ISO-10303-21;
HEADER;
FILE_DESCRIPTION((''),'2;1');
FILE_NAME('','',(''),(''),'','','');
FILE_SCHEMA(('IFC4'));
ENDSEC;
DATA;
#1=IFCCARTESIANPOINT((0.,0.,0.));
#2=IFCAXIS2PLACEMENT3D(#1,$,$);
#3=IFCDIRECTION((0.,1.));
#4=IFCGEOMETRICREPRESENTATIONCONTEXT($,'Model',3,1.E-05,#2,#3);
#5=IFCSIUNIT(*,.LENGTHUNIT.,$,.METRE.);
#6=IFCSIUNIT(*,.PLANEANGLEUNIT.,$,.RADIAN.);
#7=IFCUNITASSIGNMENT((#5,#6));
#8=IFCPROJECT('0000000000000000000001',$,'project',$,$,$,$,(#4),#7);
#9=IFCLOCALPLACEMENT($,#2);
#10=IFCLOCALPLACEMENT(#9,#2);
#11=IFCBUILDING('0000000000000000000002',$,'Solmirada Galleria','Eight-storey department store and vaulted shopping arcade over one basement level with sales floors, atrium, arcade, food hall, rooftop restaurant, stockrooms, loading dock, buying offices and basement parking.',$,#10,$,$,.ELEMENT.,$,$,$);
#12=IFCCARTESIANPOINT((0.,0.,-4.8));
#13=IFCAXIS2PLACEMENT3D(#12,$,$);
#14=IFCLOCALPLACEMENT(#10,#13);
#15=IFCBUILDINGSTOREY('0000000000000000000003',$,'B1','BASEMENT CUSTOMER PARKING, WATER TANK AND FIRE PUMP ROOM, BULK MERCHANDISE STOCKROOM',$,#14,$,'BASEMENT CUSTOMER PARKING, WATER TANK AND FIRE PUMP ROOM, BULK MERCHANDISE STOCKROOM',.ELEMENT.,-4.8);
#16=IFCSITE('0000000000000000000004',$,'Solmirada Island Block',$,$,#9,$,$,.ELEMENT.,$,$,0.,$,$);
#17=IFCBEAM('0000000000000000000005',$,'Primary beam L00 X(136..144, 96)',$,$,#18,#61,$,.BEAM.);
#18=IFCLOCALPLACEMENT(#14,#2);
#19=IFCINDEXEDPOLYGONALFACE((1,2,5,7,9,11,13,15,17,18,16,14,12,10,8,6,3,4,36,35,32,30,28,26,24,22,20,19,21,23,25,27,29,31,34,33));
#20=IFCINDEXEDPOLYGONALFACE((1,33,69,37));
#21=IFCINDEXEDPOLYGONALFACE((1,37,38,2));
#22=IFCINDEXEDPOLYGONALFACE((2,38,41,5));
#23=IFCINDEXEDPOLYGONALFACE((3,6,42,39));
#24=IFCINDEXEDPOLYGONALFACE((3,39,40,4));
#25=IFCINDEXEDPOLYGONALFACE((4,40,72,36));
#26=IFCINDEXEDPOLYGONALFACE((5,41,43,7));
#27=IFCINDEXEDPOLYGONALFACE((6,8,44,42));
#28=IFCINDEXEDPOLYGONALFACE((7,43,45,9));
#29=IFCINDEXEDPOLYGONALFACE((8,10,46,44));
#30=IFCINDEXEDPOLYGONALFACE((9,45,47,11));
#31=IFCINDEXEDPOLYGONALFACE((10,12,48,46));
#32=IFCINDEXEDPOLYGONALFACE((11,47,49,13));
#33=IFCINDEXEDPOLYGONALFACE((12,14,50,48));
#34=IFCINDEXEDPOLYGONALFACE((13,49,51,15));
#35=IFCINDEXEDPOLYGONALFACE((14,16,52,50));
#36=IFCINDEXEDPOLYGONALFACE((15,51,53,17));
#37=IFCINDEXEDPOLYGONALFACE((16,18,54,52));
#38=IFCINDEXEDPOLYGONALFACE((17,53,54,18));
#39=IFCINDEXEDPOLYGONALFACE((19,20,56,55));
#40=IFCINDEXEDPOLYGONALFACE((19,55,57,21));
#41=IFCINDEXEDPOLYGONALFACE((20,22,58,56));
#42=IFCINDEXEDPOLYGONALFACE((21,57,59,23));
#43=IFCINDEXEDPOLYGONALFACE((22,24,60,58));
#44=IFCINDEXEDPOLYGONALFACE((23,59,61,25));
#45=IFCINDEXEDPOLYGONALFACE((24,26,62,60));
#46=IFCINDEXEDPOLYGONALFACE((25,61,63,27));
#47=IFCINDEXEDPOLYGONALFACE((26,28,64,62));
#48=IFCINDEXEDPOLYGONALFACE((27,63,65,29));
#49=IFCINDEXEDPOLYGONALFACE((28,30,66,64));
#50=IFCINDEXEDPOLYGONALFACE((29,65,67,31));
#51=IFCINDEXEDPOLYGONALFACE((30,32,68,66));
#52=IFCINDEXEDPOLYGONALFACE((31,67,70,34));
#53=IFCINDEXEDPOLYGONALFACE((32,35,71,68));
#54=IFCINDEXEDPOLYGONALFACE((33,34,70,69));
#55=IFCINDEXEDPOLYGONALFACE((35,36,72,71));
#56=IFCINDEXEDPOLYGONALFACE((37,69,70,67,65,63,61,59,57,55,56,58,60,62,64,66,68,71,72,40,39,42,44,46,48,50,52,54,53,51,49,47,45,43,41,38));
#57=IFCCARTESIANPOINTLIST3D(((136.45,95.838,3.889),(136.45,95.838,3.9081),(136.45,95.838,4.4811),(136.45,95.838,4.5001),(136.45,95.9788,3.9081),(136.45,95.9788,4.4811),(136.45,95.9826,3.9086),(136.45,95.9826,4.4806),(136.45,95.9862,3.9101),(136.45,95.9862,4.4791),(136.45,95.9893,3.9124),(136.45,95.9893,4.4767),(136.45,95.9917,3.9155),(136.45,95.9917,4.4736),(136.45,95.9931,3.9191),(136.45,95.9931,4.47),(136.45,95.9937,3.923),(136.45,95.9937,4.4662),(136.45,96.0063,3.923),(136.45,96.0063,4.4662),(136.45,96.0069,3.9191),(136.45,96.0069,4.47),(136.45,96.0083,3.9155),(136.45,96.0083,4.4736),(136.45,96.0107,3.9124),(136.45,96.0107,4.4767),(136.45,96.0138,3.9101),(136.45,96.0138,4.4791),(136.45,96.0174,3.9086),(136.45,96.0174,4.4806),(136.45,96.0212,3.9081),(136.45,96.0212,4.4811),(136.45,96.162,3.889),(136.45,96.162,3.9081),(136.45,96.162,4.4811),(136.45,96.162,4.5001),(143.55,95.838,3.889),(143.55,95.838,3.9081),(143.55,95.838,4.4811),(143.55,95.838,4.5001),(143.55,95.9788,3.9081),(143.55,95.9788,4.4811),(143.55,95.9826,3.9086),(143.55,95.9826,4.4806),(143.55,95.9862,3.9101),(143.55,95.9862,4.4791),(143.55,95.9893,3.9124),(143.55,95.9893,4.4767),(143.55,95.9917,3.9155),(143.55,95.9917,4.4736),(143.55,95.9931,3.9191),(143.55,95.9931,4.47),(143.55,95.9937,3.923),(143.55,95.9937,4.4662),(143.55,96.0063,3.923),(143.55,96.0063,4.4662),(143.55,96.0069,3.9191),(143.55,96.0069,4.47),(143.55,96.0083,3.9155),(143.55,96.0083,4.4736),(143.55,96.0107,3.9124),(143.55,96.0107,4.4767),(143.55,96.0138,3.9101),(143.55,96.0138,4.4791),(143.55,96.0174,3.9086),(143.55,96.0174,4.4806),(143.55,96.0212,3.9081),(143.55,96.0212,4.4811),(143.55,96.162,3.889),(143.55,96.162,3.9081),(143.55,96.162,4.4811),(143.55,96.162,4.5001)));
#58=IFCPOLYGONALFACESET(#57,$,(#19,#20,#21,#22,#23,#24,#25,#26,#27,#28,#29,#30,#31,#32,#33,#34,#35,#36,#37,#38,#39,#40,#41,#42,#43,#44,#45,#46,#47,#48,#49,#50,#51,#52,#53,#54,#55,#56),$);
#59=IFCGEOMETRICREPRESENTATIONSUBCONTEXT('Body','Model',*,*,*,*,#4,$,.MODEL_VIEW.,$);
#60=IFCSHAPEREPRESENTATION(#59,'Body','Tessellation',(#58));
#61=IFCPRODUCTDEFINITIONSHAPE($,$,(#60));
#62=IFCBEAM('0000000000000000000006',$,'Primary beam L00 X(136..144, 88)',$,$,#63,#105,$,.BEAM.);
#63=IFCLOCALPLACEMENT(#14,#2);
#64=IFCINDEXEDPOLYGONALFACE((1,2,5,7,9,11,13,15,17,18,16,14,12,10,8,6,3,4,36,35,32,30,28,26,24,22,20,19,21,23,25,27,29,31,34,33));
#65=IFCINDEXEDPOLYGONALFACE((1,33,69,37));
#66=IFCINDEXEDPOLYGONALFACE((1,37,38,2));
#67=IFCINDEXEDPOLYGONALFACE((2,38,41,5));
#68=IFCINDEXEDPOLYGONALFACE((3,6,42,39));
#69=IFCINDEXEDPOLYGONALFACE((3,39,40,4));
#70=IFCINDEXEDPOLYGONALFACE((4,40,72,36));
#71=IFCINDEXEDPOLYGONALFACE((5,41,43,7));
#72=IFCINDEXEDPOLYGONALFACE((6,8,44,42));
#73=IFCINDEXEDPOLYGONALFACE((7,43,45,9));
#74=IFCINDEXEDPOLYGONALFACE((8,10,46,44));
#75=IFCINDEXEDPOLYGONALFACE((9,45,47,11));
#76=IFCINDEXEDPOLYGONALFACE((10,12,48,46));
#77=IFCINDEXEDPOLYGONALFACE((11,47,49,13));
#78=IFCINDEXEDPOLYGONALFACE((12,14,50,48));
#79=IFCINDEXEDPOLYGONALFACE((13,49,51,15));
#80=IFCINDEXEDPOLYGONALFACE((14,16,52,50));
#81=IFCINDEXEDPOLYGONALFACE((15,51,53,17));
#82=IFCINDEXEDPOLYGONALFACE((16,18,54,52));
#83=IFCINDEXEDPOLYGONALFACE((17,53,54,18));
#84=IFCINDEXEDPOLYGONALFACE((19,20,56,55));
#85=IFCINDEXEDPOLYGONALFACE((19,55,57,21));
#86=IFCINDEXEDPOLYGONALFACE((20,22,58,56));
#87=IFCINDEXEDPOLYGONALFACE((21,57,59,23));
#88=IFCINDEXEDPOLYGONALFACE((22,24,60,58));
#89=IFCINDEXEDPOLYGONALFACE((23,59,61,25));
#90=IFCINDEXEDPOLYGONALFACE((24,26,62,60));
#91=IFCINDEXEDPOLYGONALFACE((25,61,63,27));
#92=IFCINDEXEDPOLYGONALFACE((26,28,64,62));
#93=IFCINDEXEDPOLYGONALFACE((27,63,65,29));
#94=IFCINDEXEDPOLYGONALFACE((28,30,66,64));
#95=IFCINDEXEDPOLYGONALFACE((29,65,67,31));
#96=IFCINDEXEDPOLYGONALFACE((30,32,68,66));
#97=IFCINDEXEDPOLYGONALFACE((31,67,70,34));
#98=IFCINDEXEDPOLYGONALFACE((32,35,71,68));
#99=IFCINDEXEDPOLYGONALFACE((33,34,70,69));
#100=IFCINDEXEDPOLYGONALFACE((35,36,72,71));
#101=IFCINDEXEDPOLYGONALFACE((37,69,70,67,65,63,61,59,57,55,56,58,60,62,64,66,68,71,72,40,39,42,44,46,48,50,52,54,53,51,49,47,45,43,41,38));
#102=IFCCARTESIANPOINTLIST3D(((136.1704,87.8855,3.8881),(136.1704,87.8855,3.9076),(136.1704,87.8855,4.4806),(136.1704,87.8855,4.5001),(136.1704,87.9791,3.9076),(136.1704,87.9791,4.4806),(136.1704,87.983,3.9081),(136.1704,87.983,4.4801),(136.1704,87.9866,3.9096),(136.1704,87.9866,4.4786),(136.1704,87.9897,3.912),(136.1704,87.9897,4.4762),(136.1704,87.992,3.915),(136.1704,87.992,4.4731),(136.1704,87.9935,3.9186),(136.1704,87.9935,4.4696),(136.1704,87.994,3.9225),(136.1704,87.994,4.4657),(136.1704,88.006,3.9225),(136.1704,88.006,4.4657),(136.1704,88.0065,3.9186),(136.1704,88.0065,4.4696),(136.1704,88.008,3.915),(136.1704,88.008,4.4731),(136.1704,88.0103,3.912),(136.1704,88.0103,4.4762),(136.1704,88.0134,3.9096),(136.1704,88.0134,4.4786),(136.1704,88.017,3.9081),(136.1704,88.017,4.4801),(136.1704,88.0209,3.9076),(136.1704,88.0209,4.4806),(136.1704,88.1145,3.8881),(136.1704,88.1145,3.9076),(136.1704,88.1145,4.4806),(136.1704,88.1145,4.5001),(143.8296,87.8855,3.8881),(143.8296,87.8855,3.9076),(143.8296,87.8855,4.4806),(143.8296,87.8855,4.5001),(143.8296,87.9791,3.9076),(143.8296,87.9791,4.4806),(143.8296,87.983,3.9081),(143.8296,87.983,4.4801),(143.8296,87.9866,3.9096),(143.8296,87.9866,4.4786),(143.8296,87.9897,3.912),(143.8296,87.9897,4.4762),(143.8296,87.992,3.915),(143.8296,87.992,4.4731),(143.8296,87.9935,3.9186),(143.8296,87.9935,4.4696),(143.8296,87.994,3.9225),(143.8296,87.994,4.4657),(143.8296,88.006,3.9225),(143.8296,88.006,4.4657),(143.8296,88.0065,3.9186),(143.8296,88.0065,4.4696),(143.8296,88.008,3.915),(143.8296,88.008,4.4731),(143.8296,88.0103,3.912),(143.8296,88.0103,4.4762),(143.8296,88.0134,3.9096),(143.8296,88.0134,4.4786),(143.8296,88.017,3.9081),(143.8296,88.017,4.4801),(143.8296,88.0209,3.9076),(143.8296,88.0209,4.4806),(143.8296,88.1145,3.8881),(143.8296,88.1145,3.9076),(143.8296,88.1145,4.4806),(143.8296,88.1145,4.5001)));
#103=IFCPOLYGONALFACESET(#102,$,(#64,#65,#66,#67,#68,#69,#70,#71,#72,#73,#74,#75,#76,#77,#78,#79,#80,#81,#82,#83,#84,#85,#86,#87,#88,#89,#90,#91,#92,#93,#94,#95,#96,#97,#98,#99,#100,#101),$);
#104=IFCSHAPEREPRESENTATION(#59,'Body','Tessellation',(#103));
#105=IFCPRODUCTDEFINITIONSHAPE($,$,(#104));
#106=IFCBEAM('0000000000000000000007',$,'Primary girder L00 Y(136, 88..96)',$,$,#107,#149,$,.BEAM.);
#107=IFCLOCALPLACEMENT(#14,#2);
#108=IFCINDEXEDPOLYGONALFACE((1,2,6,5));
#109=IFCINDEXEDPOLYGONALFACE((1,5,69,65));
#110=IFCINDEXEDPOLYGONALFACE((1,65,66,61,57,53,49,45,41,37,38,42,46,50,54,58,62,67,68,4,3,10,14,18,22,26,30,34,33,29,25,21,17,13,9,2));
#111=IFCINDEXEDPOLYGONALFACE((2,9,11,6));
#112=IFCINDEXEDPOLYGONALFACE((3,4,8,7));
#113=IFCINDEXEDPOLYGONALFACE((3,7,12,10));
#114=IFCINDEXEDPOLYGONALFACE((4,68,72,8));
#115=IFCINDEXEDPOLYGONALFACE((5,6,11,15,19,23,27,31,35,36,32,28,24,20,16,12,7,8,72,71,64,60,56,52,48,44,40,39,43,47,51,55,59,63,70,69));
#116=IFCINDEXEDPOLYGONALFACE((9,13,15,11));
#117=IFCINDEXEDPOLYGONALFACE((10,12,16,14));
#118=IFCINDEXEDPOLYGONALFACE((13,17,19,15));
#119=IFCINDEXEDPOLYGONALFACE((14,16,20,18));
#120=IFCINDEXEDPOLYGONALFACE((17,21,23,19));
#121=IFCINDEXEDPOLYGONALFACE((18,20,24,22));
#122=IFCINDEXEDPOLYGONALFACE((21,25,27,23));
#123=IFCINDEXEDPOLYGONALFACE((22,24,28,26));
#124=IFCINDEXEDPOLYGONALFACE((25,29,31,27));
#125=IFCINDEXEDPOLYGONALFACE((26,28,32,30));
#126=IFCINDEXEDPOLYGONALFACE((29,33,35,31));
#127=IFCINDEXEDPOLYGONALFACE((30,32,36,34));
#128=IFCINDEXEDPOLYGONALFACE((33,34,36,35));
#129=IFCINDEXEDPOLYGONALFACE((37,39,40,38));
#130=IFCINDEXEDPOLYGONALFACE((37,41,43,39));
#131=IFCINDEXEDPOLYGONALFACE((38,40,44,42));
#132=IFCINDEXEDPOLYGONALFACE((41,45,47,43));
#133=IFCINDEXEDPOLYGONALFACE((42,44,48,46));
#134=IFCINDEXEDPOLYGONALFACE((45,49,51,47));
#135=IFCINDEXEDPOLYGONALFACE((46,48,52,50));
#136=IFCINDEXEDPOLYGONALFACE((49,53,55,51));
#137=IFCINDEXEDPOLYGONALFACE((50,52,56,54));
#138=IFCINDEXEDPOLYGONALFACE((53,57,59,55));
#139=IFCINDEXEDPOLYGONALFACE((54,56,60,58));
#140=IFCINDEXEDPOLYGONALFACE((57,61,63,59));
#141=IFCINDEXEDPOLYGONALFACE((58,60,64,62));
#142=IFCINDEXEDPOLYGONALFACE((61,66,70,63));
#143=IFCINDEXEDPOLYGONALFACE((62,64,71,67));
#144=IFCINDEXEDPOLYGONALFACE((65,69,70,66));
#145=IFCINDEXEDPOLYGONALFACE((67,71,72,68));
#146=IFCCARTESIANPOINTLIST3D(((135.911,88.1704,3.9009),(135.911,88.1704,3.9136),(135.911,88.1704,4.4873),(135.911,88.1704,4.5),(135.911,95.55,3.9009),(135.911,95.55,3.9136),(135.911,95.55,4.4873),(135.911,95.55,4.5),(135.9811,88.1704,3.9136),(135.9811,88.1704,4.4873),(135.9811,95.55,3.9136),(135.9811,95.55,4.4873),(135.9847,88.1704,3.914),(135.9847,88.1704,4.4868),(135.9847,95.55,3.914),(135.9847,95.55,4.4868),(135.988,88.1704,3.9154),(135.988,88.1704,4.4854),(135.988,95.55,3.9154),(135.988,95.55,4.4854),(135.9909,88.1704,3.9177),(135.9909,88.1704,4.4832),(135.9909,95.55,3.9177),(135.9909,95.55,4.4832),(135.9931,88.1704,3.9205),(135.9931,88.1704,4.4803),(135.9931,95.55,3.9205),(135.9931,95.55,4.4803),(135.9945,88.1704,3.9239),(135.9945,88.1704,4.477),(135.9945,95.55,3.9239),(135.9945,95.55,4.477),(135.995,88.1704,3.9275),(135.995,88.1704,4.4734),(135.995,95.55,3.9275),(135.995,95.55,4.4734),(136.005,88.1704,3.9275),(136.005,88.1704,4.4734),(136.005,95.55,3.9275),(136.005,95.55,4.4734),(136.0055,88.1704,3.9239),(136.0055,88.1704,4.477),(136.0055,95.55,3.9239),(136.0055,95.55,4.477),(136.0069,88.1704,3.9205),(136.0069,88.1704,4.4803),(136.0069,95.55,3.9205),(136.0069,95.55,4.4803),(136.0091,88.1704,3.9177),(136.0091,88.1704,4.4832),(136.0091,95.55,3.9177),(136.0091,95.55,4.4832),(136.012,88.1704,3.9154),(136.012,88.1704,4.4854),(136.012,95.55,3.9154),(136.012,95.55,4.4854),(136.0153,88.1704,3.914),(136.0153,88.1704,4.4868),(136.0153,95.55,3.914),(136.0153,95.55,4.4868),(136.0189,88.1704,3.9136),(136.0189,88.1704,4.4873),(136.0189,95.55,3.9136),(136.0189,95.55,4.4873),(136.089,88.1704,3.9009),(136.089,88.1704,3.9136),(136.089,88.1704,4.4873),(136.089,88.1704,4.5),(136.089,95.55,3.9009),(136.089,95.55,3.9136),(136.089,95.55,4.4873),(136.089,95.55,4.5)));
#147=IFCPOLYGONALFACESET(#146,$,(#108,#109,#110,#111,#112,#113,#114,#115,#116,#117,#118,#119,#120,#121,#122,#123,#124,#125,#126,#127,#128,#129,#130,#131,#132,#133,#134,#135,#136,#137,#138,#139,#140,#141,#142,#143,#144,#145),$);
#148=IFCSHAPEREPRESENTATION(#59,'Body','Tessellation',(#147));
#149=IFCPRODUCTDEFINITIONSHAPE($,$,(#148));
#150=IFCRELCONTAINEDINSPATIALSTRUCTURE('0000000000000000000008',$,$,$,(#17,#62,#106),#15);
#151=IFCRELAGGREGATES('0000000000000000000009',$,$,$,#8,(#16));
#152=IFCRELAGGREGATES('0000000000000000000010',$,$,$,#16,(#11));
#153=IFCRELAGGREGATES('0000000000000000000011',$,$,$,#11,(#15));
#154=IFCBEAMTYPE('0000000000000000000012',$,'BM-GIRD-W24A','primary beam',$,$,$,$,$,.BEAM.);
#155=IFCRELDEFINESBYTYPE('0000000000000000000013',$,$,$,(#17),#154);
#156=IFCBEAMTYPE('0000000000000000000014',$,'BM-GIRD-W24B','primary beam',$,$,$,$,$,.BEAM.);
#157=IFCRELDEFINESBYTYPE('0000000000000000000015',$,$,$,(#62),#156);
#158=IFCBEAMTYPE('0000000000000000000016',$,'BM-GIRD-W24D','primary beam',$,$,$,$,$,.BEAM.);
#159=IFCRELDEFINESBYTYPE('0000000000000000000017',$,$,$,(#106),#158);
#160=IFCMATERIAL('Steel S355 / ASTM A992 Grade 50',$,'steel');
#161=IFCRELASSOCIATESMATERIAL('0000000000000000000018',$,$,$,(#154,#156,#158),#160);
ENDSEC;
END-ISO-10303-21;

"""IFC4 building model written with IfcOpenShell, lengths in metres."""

from ifc_helpers import new_model, si_unit, direction, frame, origin, origin_2d, place, context, subcontext, project, spatial, i_section, extrude, material, material_profile, profile_set, type_object, element, save


model = new_model("IFC4")

# Units and contexts
model_context = context("Model", 3, precision=1e-05, world=origin(), true_north=direction((0.0, 1.0)))
body_context = subcontext(model_context, "Body", "Model", "MODEL_VIEW")
ifc_project = project(units=[si_unit("LENGTHUNIT", "METRE"), si_unit("PLANEANGLEUNIT", "RADIAN")], contexts=[model_context])

# Site, building, storey
site_placement = place(None, origin())
site = spatial("IfcSite", under=ifc_project, at=site_placement, Name="Solmirada Island Block", CompositionType="ELEMENT", RefElevation=0.0)
building_placement = place(site_placement, origin())
building = spatial("IfcBuilding", under=site, at=building_placement, Name="Solmirada Galleria", Description="Eight-storey department store and vaulted shopping arcade over one basement level with sales floors, atrium, arcade, food hall, rooftop restaurant, stockrooms, loading dock, buying offices and basement parking.", CompositionType="ELEMENT")
storey_placement = place(building_placement, frame((0.0, 0.0, -4.8)))
storey = spatial("IfcBuildingStorey", under=building, at=storey_placement, Name="B1", Description="BASEMENT CUSTOMER PARKING, WATER TANK AND FIRE PUMP ROOM, BULK MERCHANDISE STOCKROOM", LongName="BASEMENT CUSTOMER PARKING, WATER TANK AND FIRE PUMP ROOM, BULK MERCHANDISE STOCKROOM", CompositionType="ELEMENT", Elevation=-4.8)

# Beams
ifc_material_1 = material(Name="Steel S355 / ASTM A992 Grade 50", Category="steel")
ifc_material_profile_1 = material_profile(ifc_material_1, i_section(OverallWidth=0.324, OverallDepth=0.6111, WebThickness=0.0127, FlangeThickness=0.019, FilletRadius=0.0149, at=origin_2d()), Name="W24X104")
ifc_profile_set_1 = profile_set([ifc_material_profile_1], Name="Steel S355 / ASTM A992 Grade 50")
beam_type_1 = type_object("IfcBeamType", Name="BM-GIRD-W24A", Description="primary beam", PredefinedType="BEAM", material=ifc_profile_set_1)
beam_1_placement = place(storey_placement, frame((136.45, 96.0, 4.1946), z_axis=(1.0, 0.0, 0.0), x_axis=(0.0, 1.0, 0.0)))
element("IfcBeam", 1, at=beam_1_placement, inside=storey, type_object=beam_type_1, Name="Primary beam L00 X(136..144, 96)", PredefinedType="BEAM", context=body_context, shape_type="SweptSolid", body=[
    extrude(i_section(OverallWidth=0.324, OverallDepth=0.6111, WebThickness=0.0127, FlangeThickness=0.019, FilletRadius=0.0149, at=origin_2d()), origin(), (0.0, 0.0, 1.0), 7.1001),
])
ifc_material_profile_2 = material_profile(ifc_material_1, i_section(OverallWidth=0.229, OverallDepth=0.6121, WebThickness=0.012, FlangeThickness=0.0195, FilletRadius=0.0149, at=origin_2d()), Name="W24X84")
ifc_profile_set_2 = profile_set([ifc_material_profile_2], Name="Steel S355 / ASTM A992 Grade 50")
beam_type_2 = type_object("IfcBeamType", Name="BM-GIRD-W24B", Description="primary beam", PredefinedType="BEAM", material=ifc_profile_set_2)
beam_2_placement = place(storey_placement, frame((136.1704, 88.0, 4.1941), z_axis=(1.0, 0.0, 0.0), x_axis=(0.0, 1.0, 0.0)))
element("IfcBeam", 2, at=beam_2_placement, inside=storey, type_object=beam_type_2, Name="Primary beam L00 X(136..144, 88)", PredefinedType="BEAM", context=body_context, shape_type="SweptSolid", body=[
    extrude(i_section(OverallWidth=0.229, OverallDepth=0.6121, WebThickness=0.012, FlangeThickness=0.0195, FilletRadius=0.0149, at=origin_2d()), origin(), (0.0, 0.0, 1.0), 7.6592),
])
ifc_material_profile_3 = material_profile(ifc_material_1, i_section(OverallWidth=0.178, OverallDepth=0.5991, WebThickness=0.01, FlangeThickness=0.0127, FilletRadius=0.0139, at=origin_2d()), Name="W24X55")
ifc_profile_set_3 = profile_set([ifc_material_profile_3], Name="Steel S355 / ASTM A992 Grade 50")
beam_type_3 = type_object("IfcBeamType", Name="BM-GIRD-W24D", Description="primary beam", PredefinedType="BEAM", material=ifc_profile_set_3)
beam_3_placement = place(storey_placement, frame((136.0, 88.1704, 4.2004), z_axis=(0.0, 1.0, 0.0), x_axis=(-1.0, 0.0, 0.0)))
element("IfcBeam", 3, at=beam_3_placement, inside=storey, type_object=beam_type_3, Name="Primary girder L00 Y(136, 88..96)", PredefinedType="BEAM", context=body_context, shape_type="SweptSolid", body=[
    extrude(i_section(OverallWidth=0.178, OverallDepth=0.5991, WebThickness=0.01, FlangeThickness=0.0127, FilletRadius=0.0139, at=origin_2d()), origin(), (0.0, 0.0, 1.0), 7.3796),
])

save(model, "model.ifc")
